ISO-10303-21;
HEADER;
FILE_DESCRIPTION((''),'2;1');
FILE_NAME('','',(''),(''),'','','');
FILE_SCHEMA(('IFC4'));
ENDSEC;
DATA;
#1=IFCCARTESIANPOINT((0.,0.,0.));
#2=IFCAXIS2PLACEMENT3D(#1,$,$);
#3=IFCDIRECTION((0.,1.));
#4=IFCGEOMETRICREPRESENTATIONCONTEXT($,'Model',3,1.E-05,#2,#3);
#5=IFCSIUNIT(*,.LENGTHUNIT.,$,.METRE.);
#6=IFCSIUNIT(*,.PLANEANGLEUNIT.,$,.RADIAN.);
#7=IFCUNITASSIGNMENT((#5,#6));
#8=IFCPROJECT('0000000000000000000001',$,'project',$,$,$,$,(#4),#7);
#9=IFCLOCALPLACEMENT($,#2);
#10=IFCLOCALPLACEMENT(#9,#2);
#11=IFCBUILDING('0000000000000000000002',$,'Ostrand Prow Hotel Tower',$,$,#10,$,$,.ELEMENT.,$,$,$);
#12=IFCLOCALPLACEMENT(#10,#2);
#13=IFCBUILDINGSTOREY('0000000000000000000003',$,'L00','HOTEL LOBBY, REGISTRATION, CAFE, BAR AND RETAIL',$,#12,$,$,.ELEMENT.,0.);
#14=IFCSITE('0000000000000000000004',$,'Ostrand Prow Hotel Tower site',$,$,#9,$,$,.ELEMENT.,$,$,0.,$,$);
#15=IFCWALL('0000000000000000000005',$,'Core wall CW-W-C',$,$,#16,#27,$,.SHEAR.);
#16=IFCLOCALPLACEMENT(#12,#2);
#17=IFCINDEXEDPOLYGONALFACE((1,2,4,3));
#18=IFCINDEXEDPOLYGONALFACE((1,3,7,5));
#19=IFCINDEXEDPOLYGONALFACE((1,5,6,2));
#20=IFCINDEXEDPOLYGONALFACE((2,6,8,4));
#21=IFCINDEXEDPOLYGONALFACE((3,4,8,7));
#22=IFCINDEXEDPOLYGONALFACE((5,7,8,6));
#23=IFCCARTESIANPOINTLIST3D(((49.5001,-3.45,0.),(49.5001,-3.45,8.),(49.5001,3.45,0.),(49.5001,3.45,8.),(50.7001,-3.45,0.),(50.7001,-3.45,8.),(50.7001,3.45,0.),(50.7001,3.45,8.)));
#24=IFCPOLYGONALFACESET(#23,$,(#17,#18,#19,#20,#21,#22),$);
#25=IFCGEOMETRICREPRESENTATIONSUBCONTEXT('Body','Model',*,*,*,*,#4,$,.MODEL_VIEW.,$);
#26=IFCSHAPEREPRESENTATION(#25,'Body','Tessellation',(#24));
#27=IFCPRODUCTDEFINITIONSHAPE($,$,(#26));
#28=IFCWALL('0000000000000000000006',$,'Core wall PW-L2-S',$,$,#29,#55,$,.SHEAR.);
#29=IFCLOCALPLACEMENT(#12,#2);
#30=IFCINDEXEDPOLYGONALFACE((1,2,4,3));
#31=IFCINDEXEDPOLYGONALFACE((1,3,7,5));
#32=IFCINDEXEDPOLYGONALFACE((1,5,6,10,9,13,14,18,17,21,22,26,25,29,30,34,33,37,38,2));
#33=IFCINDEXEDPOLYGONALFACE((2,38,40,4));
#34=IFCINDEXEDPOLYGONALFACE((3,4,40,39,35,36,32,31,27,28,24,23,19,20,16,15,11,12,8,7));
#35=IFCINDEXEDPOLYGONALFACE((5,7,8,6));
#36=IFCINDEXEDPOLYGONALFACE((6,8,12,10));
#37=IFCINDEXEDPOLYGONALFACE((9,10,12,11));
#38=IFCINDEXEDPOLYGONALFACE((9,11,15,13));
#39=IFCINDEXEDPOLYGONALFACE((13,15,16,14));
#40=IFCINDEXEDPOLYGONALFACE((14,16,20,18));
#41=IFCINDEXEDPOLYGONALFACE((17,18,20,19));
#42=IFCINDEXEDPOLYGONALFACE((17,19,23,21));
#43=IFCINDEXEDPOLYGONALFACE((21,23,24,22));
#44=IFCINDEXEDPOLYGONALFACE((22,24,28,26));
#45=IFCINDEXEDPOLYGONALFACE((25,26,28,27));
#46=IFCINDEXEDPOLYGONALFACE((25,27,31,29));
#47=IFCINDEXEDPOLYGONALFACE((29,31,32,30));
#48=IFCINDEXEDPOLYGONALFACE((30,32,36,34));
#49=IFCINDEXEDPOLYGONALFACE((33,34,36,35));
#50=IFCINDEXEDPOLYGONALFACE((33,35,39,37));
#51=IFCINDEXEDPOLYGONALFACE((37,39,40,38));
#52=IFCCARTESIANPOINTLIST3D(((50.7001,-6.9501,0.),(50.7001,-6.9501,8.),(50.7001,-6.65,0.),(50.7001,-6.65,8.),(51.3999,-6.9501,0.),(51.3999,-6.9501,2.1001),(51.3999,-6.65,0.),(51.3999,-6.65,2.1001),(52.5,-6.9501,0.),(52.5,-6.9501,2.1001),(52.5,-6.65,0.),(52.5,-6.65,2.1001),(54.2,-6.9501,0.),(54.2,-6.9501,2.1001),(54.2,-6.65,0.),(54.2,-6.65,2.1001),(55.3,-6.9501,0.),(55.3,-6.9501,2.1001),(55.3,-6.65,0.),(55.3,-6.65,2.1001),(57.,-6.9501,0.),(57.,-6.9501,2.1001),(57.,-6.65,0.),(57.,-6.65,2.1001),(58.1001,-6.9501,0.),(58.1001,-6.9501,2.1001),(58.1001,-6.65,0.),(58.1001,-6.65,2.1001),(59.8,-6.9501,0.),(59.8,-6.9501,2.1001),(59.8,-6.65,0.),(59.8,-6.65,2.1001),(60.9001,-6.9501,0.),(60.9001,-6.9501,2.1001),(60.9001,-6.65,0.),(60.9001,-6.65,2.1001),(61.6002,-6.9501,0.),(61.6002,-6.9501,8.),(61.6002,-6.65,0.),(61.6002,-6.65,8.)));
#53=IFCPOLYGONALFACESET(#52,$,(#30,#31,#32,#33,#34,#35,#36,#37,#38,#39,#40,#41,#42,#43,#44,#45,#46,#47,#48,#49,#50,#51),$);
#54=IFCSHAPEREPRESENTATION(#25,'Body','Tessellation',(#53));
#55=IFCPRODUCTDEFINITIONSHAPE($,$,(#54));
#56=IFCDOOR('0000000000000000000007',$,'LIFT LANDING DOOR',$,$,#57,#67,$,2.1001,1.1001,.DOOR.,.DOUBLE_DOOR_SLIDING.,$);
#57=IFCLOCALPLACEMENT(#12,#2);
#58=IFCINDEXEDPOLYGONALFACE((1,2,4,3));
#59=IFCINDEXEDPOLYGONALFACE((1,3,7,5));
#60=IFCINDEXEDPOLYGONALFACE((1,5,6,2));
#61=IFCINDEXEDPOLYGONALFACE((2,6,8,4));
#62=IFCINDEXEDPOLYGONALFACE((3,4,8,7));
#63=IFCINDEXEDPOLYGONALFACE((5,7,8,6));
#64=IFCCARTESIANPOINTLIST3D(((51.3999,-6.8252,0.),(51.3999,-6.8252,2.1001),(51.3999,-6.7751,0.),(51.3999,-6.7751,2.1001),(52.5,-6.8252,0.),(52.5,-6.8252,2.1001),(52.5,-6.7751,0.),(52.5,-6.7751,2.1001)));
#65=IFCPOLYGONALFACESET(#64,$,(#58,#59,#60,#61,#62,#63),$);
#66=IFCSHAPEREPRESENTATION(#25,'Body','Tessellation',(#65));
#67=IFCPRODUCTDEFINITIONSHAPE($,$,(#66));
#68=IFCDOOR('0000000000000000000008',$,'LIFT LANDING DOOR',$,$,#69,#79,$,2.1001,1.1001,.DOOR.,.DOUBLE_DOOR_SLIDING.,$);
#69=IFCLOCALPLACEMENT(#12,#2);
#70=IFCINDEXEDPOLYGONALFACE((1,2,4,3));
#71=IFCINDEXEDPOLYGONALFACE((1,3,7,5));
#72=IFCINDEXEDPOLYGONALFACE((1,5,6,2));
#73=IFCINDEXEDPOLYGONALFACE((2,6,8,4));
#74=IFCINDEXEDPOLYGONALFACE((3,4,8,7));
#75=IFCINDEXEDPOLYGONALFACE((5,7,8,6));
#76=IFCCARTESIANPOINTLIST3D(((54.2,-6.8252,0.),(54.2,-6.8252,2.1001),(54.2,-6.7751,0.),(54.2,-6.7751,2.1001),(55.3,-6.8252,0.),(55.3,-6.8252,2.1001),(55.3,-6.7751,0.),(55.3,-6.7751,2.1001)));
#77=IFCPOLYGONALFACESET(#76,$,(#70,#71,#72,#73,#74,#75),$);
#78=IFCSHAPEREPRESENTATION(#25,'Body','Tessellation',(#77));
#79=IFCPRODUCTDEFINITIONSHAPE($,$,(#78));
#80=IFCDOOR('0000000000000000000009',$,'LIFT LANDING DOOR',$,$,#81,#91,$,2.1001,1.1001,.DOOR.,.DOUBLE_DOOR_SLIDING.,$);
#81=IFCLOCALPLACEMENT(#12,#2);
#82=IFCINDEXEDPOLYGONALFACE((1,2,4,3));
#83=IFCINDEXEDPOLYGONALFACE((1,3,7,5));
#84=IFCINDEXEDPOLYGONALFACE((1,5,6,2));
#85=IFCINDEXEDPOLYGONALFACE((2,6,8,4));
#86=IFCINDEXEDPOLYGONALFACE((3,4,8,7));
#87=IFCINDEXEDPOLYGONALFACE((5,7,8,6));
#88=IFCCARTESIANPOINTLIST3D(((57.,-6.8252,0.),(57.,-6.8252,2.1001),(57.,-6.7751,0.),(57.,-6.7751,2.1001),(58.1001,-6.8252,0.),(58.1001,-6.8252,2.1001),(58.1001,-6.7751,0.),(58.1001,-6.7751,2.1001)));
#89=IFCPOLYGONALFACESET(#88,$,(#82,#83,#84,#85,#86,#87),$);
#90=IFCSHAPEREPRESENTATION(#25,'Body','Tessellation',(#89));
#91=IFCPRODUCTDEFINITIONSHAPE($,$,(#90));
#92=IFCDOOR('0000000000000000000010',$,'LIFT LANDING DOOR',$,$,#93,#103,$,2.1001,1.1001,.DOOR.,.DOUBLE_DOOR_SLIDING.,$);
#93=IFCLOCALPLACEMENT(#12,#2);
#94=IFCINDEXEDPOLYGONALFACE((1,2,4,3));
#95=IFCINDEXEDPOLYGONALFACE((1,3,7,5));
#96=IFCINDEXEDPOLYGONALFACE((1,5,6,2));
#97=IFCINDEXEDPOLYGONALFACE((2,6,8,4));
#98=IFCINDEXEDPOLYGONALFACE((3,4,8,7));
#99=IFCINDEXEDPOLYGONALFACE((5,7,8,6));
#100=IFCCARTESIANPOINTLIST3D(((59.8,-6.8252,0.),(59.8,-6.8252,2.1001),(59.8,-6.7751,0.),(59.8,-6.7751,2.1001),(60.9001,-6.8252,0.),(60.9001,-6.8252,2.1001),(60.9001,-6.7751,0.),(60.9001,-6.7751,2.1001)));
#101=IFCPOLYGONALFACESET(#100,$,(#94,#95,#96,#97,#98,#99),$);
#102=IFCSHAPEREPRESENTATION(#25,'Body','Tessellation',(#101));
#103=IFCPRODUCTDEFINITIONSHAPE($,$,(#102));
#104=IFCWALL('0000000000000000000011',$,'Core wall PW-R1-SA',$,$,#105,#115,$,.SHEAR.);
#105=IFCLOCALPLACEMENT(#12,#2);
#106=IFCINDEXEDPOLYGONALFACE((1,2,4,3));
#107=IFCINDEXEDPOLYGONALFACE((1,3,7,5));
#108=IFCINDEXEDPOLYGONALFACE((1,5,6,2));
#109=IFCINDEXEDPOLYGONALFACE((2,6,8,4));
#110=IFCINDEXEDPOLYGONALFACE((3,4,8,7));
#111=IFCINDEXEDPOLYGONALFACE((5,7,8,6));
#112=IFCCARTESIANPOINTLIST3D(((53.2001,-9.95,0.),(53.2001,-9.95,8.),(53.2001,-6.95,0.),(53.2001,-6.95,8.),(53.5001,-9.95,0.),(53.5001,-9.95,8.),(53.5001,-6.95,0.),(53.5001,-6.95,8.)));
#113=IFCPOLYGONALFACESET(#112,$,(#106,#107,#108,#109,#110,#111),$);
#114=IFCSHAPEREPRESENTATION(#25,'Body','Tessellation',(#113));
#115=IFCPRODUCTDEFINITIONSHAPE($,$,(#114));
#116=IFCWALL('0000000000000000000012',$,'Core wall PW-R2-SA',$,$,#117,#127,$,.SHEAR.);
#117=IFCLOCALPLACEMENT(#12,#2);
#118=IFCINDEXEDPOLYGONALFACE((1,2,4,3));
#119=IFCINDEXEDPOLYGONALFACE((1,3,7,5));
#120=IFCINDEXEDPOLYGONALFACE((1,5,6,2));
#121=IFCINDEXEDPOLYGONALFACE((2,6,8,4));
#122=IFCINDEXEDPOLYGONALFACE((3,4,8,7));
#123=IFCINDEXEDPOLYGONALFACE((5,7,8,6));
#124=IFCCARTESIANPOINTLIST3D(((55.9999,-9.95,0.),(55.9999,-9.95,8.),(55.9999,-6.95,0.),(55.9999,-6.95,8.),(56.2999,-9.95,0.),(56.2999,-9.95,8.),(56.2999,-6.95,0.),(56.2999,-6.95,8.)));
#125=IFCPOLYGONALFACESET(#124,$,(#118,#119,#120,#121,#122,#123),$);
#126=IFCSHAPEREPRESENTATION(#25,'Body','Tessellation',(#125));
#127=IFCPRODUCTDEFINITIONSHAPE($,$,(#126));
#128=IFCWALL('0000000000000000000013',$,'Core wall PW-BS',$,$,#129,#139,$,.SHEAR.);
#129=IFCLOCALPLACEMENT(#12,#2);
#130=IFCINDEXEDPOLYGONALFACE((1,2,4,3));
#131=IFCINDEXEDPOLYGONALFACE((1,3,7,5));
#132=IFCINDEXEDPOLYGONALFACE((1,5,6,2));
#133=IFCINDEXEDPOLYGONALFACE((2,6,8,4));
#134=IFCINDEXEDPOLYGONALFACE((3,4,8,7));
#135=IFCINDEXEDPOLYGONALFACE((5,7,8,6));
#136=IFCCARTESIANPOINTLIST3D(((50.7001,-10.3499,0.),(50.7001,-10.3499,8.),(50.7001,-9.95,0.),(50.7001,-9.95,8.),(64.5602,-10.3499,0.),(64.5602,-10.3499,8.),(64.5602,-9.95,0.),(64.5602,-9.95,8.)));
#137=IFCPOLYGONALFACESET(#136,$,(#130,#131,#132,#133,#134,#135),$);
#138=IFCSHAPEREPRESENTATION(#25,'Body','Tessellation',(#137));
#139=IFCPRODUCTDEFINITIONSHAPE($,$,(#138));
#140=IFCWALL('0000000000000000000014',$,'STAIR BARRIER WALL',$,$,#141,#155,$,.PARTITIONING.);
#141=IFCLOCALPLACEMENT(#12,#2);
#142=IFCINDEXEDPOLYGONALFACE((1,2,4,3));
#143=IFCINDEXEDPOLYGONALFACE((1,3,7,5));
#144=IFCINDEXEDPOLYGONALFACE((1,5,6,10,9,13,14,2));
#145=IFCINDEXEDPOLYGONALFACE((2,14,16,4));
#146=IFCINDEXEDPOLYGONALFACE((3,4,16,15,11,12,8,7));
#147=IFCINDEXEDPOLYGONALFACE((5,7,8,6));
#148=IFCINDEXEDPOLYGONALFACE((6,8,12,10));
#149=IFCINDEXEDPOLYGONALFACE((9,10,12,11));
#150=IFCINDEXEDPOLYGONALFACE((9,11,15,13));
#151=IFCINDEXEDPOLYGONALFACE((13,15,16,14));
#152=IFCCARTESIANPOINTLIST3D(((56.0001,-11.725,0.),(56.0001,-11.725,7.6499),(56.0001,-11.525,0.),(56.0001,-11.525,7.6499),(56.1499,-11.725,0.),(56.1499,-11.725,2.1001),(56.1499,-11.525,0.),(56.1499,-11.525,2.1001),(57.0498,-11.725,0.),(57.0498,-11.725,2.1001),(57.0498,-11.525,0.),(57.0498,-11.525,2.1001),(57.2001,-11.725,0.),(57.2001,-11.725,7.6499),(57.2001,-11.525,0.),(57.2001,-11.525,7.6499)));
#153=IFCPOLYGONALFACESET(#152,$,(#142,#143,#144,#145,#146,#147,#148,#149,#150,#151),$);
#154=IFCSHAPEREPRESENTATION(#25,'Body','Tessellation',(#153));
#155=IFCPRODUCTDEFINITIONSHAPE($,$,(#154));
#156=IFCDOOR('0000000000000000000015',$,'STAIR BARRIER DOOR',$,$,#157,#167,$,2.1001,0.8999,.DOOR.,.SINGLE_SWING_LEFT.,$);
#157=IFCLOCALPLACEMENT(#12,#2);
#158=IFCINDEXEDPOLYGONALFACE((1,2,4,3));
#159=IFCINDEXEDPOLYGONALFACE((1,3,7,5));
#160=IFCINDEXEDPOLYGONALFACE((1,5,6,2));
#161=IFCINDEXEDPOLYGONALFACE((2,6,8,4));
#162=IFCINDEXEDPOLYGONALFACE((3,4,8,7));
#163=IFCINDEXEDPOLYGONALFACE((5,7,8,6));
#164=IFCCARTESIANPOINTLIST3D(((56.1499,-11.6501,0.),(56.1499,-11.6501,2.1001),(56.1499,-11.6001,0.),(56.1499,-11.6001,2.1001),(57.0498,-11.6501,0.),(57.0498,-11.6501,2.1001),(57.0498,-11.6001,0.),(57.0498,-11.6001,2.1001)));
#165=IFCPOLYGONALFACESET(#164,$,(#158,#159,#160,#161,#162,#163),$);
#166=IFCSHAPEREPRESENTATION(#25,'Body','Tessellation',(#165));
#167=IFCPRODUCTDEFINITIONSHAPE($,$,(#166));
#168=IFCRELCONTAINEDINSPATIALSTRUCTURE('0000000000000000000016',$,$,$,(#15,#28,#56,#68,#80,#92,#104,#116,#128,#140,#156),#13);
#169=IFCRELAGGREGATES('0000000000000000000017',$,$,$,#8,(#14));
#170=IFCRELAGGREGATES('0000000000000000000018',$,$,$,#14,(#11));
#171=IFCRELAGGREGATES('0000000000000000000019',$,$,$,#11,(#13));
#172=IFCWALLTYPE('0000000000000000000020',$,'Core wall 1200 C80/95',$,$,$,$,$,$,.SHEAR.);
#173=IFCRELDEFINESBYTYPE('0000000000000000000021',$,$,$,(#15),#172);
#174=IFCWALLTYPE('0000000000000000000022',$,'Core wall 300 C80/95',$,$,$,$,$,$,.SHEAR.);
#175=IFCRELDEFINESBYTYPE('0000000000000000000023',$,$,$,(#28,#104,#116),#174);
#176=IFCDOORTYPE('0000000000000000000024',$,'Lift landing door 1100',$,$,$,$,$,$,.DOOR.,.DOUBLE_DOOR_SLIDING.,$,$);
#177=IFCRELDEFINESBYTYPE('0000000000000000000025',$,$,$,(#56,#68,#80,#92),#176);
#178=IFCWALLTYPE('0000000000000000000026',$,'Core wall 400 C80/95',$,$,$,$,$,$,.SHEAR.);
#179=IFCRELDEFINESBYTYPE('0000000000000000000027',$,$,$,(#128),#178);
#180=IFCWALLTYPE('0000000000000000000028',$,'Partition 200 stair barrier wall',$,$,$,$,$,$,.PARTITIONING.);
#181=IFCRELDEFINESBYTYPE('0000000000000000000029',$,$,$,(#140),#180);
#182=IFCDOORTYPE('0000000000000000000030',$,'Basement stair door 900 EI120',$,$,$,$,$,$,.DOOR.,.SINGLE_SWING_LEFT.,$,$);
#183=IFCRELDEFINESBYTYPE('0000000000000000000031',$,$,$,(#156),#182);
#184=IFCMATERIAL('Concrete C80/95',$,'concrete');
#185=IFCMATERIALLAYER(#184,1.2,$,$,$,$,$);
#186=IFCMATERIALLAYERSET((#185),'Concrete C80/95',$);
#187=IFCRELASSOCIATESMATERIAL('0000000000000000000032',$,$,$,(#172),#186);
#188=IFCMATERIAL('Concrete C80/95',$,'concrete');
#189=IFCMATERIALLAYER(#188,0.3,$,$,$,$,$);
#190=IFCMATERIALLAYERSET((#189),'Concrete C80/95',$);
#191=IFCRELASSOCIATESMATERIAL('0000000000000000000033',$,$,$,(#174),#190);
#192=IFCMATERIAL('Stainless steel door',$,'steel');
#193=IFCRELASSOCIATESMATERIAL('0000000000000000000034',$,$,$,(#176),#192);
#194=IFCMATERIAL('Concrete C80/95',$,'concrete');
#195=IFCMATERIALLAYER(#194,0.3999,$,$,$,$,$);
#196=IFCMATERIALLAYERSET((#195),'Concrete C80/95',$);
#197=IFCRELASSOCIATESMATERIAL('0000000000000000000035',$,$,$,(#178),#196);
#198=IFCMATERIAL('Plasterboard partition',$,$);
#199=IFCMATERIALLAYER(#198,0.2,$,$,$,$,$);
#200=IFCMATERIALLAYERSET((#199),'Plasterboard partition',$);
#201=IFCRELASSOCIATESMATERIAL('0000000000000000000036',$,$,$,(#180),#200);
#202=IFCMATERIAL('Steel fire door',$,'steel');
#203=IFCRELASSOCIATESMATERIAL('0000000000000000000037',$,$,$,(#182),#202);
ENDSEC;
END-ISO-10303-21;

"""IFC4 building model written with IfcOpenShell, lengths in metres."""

from ifc_helpers import new_model, si_unit, direction, frame, frame_2d, origin, place, context, subcontext, project, spatial, rectangle, extrude, material, layer, layer_set, type_object, element, fill, save


model = new_model("IFC4")

# Units and contexts
model_context = context("Model", 3, precision=1e-05, world=origin(), true_north=direction((0.0, 1.0)))
body_context = subcontext(model_context, "Body", "Model", "MODEL_VIEW")
ifc_project = project(units=[si_unit("LENGTHUNIT", "METRE"), si_unit("PLANEANGLEUNIT", "RADIAN")], contexts=[model_context])

# Site, building, storey
site_placement = place(None, origin())
site = spatial("IfcSite", under=ifc_project, at=site_placement, Name="Ostrand Prow Hotel Tower site", CompositionType="ELEMENT", RefElevation=0.0)
building_placement = place(site_placement, origin())
building = spatial("IfcBuilding", under=site, at=building_placement, Name="Ostrand Prow Hotel Tower", CompositionType="ELEMENT")
storey_placement = place(building_placement, origin())
storey = spatial("IfcBuildingStorey", under=building, at=storey_placement, Name="L00", Description="HOTEL LOBBY, REGISTRATION, CAFE, BAR AND RETAIL", CompositionType="ELEMENT", Elevation=0.0)

# Wall
ifc_material_1 = material(Name="Concrete C80/95", Category="concrete")
ifc_layer_1 = layer(ifc_material_1, 1.2)
ifc_layer_set_1 = layer_set([ifc_layer_1], Name="Concrete C80/95")
wall_type_1 = type_object("IfcWallType", Name="Core wall 1200 C80/95", PredefinedType="SHEAR", material=ifc_layer_set_1)
wall_1_placement = place(storey_placement, frame((50.1001, -3.45, 0.0), z_axis=(0.0, 0.0, 1.0), x_axis=(0.0, 1.0, 0.0)))
element("IfcWall", 1, at=wall_1_placement, inside=storey, type_object=wall_type_1, Name="Core wall CW-W-C", PredefinedType="SHEAR", context=body_context, shape_type="SweptSolid", body=[
    extrude(rectangle(XDim=6.8999, YDim=1.2, at=frame_2d((3.45, 0.0))), origin(), (0.0, 0.0, 1.0), 8.0),
])

# Wall, openings, doors
ifc_material_2 = material(Name="Concrete C80/95", Category="concrete")
ifc_layer_2 = layer(ifc_material_2, 0.3)
ifc_layer_set_2 = layer_set([ifc_layer_2], Name="Concrete C80/95")
wall_type_2 = type_object("IfcWallType", Name="Core wall 300 C80/95", PredefinedType="SHEAR", material=ifc_layer_set_2)
wall_2_placement = place(storey_placement, frame((50.7, -6.8, 0.0), z_axis=(0.0, 0.0, 1.0), x_axis=(1.0, 0.0, 0.0)))
wall_2 = element("IfcWall", 2, at=wall_2_placement, inside=storey, type_object=wall_type_2, Name="Core wall PW-L2-S", PredefinedType="SHEAR", context=body_context, shape_type="SweptSolid", body=[
    extrude(rectangle(XDim=10.9001, YDim=0.3, at=frame_2d((5.4502, 0.0))), origin(), (0.0, 0.0, 1.0), 8.0),
])
opening_1_placement = place(wall_2_placement, frame((0.7, 0.0, 0.0)))
opening_1 = element("IfcOpeningElement", 3, at=opening_1_placement, cuts=wall_2, PredefinedType="OPENING", context=body_context, shape_type="SweptSolid", body=[
    extrude(rectangle(XDim=1.1001, YDim=2.1001, at=frame_2d((0.55, 1.05))), frame((0.0, 0.1599, 0.0), z_axis=(0.0, -1.0, 0.0), x_axis=(1.0, 0.0, 0.0)), (0.0, 0.0, 1.0), 0.3201),
])
opening_2_placement = place(wall_2_placement, frame((3.5, 0.0, 0.0)))
opening_2 = element("IfcOpeningElement", 4, at=opening_2_placement, cuts=wall_2, PredefinedType="OPENING", context=body_context, shape_type="SweptSolid", body=[
    extrude(rectangle(XDim=1.1001, YDim=2.1001, at=frame_2d((0.55, 1.05))), frame((0.0, 0.1599, 0.0), z_axis=(0.0, -1.0, 0.0), x_axis=(1.0, 0.0, 0.0)), (0.0, 0.0, 1.0), 0.3201),
])
opening_3_placement = place(wall_2_placement, frame((6.3, 0.0, 0.0)))
opening_3 = element("IfcOpeningElement", 5, at=opening_3_placement, cuts=wall_2, PredefinedType="OPENING", context=body_context, shape_type="SweptSolid", body=[
    extrude(rectangle(XDim=1.1001, YDim=2.1001, at=frame_2d((0.55, 1.05))), frame((0.0, 0.1599, 0.0), z_axis=(0.0, -1.0, 0.0), x_axis=(1.0, 0.0, 0.0)), (0.0, 0.0, 1.0), 0.3201),
])
opening_4_placement = place(wall_2_placement, frame((9.1001, 0.0, 0.0)))
opening_4 = element("IfcOpeningElement", 6, at=opening_4_placement, cuts=wall_2, PredefinedType="OPENING", context=body_context, shape_type="SweptSolid", body=[
    extrude(rectangle(XDim=1.1001, YDim=2.1001, at=frame_2d((0.55, 1.05))), frame((0.0, 0.1599, 0.0), z_axis=(0.0, -1.0, 0.0), x_axis=(1.0, 0.0, 0.0)), (0.0, 0.0, 1.0), 0.3201),
])
ifc_material_3 = material(Name="Stainless steel door", Category="steel")
door_type_1 = type_object("IfcDoorType", Name="Lift landing door 1100", OperationType="DOUBLE_DOOR_SLIDING", PredefinedType="DOOR", material=ifc_material_3)
door_1_placement = place(opening_1_placement, origin())
door_1 = element("IfcDoor", 7, at=door_1_placement, inside=storey, type_object=door_type_1, Name="LIFT LANDING DOOR", OperationType="DOUBLE_DOOR_SLIDING", OverallHeight=2.1001, OverallWidth=1.1001, PredefinedType="DOOR", context=body_context, shape_type="SweptSolid", body=[
    extrude(rectangle(XDim=1.1001, YDim=2.1001, at=frame_2d((0.55, 1.05))), frame((0.0, 0.0249, 0.0), z_axis=(0.0, -1.0, 0.0), x_axis=(1.0, 0.0, 0.0)), (0.0, 0.0, 1.0), 0.05),
])
fill(opening_1, door_1)
door_2_placement = place(opening_2_placement, origin())
door_2 = element("IfcDoor", 8, at=door_2_placement, inside=storey, type_object=door_type_1, Name="LIFT LANDING DOOR", OperationType="DOUBLE_DOOR_SLIDING", OverallHeight=2.1001, OverallWidth=1.1001, PredefinedType="DOOR", context=body_context, shape_type="SweptSolid", body=[
    extrude(rectangle(XDim=1.1001, YDim=2.1001, at=frame_2d((0.55, 1.05))), frame((0.0, 0.0249, 0.0), z_axis=(0.0, -1.0, 0.0), x_axis=(1.0, 0.0, 0.0)), (0.0, 0.0, 1.0), 0.05),
])
fill(opening_2, door_2)
door_3_placement = place(opening_3_placement, origin())
door_3 = element("IfcDoor", 9, at=door_3_placement, inside=storey, type_object=door_type_1, Name="LIFT LANDING DOOR", OperationType="DOUBLE_DOOR_SLIDING", OverallHeight=2.1001, OverallWidth=1.1001, PredefinedType="DOOR", context=body_context, shape_type="SweptSolid", body=[
    extrude(rectangle(XDim=1.1001, YDim=2.1001, at=frame_2d((0.55, 1.05))), frame((0.0, 0.0249, 0.0), z_axis=(0.0, -1.0, 0.0), x_axis=(1.0, 0.0, 0.0)), (0.0, 0.0, 1.0), 0.05),
])
fill(opening_3, door_3)
door_4_placement = place(opening_4_placement, origin())
door_4 = element("IfcDoor", 10, at=door_4_placement, inside=storey, type_object=door_type_1, Name="LIFT LANDING DOOR", OperationType="DOUBLE_DOOR_SLIDING", OverallHeight=2.1001, OverallWidth=1.1001, PredefinedType="DOOR", context=body_context, shape_type="SweptSolid", body=[
    extrude(rectangle(XDim=1.1001, YDim=2.1001, at=frame_2d((0.55, 1.05))), frame((0.0, 0.0249, 0.0), z_axis=(0.0, -1.0, 0.0), x_axis=(1.0, 0.0, 0.0)), (0.0, 0.0, 1.0), 0.05),
])
fill(opening_4, door_4)

# Walls
for number, where, z_axis, x_axis, name in (
    (11, (53.3501, -9.95, 0.0), (0.0, 0.0, 1.0), (0.0, 1.0, 0.0), "Core wall PW-R1-SA"),
    (12, (56.1499, -9.95, 0.0), (0.0, 0.0, 1.0), (0.0, 1.0, 0.0), "Core wall PW-R2-SA"),
):
    element("IfcWall", number, at=place(storey_placement, frame(where, z_axis=z_axis, x_axis=x_axis)), inside=storey, type_object=wall_type_2, Name=name, PredefinedType="SHEAR", context=body_context, shape_type="SweptSolid", body=[
        extrude(rectangle(XDim=3.0, YDim=0.3, at=frame_2d((1.5, 0.0))), origin(), (0.0, 0.0, 1.0), 8.0),
    ])
ifc_material_4 = material(Name="Concrete C80/95", Category="concrete")
ifc_layer_3 = layer(ifc_material_4, 0.3999)
ifc_layer_set_3 = layer_set([ifc_layer_3], Name="Concrete C80/95")
wall_type_3 = type_object("IfcWallType", Name="Core wall 400 C80/95", PredefinedType="SHEAR", material=ifc_layer_set_3)
wall_3_placement = place(storey_placement, frame((50.7, -10.1499, 0.0), z_axis=(0.0, 0.0, 1.0), x_axis=(1.0, 0.0, 0.0)))
element("IfcWall", 13, at=wall_3_placement, inside=storey, type_object=wall_type_3, Name="Core wall PW-BS", PredefinedType="SHEAR", context=body_context, shape_type="SweptSolid", body=[
    extrude(rectangle(XDim=13.8601, YDim=0.3999, at=frame_2d((6.9302, 0.0))), origin(), (0.0, 0.0, 1.0), 8.0),
])

# Wall, opening, door
ifc_material_5 = material(Name="Plasterboard partition")
ifc_layer_4 = layer(ifc_material_5, 0.2)
ifc_layer_set_4 = layer_set([ifc_layer_4], Name="Plasterboard partition")
wall_type_4 = type_object("IfcWallType", Name="Partition 200 stair barrier wall", PredefinedType="PARTITIONING", material=ifc_layer_set_4)
wall_4_placement = place(storey_placement, frame((56.0, -11.625, 0.0), z_axis=(0.0, 0.0, 1.0), x_axis=(1.0, 0.0, 0.0)))
wall_4 = element("IfcWall", 14, at=wall_4_placement, inside=storey, type_object=wall_type_4, Name="STAIR BARRIER WALL", PredefinedType="PARTITIONING", context=body_context, shape_type="SweptSolid", body=[
    extrude(rectangle(XDim=1.2, YDim=0.2, at=frame_2d((0.6001, 0.0))), origin(), (0.0, 0.0, 1.0), 7.6499),
])
opening_5_placement = place(wall_4_placement, frame((0.1499, 0.0, 0.0)))
opening_5 = element("IfcOpeningElement", 15, at=opening_5_placement, cuts=wall_4, PredefinedType="OPENING", context=body_context, shape_type="SweptSolid", body=[
    extrude(rectangle(XDim=0.8999, YDim=2.1001, at=frame_2d((0.45, 1.05))), frame((0.0, 0.1099, 0.0), z_axis=(0.0, -1.0, 0.0), x_axis=(1.0, 0.0, 0.0)), (0.0, 0.0, 1.0), 0.22),
])
ifc_material_6 = material(Name="Steel fire door", Category="steel")
door_type_2 = type_object("IfcDoorType", Name="Basement stair door 900 EI120", OperationType="SINGLE_SWING_LEFT", PredefinedType="DOOR", material=ifc_material_6)
door_5_placement = place(opening_5_placement, origin())
door_5 = element("IfcDoor", 16, at=door_5_placement, inside=storey, type_object=door_type_2, Name="STAIR BARRIER DOOR", OperationType="SINGLE_SWING_LEFT", OverallHeight=2.1001, OverallWidth=0.8999, PredefinedType="DOOR", context=body_context, shape_type="SweptSolid", body=[
    extrude(rectangle(XDim=0.8999, YDim=2.1001, at=frame_2d((0.45, 1.05))), frame((0.0, 0.0249, 0.0), z_axis=(0.0, -1.0, 0.0), x_axis=(1.0, 0.0, 0.0)), (0.0, 0.0, 1.0), 0.05),
])
fill(opening_5, door_5)

save(model, "model.ifc")
